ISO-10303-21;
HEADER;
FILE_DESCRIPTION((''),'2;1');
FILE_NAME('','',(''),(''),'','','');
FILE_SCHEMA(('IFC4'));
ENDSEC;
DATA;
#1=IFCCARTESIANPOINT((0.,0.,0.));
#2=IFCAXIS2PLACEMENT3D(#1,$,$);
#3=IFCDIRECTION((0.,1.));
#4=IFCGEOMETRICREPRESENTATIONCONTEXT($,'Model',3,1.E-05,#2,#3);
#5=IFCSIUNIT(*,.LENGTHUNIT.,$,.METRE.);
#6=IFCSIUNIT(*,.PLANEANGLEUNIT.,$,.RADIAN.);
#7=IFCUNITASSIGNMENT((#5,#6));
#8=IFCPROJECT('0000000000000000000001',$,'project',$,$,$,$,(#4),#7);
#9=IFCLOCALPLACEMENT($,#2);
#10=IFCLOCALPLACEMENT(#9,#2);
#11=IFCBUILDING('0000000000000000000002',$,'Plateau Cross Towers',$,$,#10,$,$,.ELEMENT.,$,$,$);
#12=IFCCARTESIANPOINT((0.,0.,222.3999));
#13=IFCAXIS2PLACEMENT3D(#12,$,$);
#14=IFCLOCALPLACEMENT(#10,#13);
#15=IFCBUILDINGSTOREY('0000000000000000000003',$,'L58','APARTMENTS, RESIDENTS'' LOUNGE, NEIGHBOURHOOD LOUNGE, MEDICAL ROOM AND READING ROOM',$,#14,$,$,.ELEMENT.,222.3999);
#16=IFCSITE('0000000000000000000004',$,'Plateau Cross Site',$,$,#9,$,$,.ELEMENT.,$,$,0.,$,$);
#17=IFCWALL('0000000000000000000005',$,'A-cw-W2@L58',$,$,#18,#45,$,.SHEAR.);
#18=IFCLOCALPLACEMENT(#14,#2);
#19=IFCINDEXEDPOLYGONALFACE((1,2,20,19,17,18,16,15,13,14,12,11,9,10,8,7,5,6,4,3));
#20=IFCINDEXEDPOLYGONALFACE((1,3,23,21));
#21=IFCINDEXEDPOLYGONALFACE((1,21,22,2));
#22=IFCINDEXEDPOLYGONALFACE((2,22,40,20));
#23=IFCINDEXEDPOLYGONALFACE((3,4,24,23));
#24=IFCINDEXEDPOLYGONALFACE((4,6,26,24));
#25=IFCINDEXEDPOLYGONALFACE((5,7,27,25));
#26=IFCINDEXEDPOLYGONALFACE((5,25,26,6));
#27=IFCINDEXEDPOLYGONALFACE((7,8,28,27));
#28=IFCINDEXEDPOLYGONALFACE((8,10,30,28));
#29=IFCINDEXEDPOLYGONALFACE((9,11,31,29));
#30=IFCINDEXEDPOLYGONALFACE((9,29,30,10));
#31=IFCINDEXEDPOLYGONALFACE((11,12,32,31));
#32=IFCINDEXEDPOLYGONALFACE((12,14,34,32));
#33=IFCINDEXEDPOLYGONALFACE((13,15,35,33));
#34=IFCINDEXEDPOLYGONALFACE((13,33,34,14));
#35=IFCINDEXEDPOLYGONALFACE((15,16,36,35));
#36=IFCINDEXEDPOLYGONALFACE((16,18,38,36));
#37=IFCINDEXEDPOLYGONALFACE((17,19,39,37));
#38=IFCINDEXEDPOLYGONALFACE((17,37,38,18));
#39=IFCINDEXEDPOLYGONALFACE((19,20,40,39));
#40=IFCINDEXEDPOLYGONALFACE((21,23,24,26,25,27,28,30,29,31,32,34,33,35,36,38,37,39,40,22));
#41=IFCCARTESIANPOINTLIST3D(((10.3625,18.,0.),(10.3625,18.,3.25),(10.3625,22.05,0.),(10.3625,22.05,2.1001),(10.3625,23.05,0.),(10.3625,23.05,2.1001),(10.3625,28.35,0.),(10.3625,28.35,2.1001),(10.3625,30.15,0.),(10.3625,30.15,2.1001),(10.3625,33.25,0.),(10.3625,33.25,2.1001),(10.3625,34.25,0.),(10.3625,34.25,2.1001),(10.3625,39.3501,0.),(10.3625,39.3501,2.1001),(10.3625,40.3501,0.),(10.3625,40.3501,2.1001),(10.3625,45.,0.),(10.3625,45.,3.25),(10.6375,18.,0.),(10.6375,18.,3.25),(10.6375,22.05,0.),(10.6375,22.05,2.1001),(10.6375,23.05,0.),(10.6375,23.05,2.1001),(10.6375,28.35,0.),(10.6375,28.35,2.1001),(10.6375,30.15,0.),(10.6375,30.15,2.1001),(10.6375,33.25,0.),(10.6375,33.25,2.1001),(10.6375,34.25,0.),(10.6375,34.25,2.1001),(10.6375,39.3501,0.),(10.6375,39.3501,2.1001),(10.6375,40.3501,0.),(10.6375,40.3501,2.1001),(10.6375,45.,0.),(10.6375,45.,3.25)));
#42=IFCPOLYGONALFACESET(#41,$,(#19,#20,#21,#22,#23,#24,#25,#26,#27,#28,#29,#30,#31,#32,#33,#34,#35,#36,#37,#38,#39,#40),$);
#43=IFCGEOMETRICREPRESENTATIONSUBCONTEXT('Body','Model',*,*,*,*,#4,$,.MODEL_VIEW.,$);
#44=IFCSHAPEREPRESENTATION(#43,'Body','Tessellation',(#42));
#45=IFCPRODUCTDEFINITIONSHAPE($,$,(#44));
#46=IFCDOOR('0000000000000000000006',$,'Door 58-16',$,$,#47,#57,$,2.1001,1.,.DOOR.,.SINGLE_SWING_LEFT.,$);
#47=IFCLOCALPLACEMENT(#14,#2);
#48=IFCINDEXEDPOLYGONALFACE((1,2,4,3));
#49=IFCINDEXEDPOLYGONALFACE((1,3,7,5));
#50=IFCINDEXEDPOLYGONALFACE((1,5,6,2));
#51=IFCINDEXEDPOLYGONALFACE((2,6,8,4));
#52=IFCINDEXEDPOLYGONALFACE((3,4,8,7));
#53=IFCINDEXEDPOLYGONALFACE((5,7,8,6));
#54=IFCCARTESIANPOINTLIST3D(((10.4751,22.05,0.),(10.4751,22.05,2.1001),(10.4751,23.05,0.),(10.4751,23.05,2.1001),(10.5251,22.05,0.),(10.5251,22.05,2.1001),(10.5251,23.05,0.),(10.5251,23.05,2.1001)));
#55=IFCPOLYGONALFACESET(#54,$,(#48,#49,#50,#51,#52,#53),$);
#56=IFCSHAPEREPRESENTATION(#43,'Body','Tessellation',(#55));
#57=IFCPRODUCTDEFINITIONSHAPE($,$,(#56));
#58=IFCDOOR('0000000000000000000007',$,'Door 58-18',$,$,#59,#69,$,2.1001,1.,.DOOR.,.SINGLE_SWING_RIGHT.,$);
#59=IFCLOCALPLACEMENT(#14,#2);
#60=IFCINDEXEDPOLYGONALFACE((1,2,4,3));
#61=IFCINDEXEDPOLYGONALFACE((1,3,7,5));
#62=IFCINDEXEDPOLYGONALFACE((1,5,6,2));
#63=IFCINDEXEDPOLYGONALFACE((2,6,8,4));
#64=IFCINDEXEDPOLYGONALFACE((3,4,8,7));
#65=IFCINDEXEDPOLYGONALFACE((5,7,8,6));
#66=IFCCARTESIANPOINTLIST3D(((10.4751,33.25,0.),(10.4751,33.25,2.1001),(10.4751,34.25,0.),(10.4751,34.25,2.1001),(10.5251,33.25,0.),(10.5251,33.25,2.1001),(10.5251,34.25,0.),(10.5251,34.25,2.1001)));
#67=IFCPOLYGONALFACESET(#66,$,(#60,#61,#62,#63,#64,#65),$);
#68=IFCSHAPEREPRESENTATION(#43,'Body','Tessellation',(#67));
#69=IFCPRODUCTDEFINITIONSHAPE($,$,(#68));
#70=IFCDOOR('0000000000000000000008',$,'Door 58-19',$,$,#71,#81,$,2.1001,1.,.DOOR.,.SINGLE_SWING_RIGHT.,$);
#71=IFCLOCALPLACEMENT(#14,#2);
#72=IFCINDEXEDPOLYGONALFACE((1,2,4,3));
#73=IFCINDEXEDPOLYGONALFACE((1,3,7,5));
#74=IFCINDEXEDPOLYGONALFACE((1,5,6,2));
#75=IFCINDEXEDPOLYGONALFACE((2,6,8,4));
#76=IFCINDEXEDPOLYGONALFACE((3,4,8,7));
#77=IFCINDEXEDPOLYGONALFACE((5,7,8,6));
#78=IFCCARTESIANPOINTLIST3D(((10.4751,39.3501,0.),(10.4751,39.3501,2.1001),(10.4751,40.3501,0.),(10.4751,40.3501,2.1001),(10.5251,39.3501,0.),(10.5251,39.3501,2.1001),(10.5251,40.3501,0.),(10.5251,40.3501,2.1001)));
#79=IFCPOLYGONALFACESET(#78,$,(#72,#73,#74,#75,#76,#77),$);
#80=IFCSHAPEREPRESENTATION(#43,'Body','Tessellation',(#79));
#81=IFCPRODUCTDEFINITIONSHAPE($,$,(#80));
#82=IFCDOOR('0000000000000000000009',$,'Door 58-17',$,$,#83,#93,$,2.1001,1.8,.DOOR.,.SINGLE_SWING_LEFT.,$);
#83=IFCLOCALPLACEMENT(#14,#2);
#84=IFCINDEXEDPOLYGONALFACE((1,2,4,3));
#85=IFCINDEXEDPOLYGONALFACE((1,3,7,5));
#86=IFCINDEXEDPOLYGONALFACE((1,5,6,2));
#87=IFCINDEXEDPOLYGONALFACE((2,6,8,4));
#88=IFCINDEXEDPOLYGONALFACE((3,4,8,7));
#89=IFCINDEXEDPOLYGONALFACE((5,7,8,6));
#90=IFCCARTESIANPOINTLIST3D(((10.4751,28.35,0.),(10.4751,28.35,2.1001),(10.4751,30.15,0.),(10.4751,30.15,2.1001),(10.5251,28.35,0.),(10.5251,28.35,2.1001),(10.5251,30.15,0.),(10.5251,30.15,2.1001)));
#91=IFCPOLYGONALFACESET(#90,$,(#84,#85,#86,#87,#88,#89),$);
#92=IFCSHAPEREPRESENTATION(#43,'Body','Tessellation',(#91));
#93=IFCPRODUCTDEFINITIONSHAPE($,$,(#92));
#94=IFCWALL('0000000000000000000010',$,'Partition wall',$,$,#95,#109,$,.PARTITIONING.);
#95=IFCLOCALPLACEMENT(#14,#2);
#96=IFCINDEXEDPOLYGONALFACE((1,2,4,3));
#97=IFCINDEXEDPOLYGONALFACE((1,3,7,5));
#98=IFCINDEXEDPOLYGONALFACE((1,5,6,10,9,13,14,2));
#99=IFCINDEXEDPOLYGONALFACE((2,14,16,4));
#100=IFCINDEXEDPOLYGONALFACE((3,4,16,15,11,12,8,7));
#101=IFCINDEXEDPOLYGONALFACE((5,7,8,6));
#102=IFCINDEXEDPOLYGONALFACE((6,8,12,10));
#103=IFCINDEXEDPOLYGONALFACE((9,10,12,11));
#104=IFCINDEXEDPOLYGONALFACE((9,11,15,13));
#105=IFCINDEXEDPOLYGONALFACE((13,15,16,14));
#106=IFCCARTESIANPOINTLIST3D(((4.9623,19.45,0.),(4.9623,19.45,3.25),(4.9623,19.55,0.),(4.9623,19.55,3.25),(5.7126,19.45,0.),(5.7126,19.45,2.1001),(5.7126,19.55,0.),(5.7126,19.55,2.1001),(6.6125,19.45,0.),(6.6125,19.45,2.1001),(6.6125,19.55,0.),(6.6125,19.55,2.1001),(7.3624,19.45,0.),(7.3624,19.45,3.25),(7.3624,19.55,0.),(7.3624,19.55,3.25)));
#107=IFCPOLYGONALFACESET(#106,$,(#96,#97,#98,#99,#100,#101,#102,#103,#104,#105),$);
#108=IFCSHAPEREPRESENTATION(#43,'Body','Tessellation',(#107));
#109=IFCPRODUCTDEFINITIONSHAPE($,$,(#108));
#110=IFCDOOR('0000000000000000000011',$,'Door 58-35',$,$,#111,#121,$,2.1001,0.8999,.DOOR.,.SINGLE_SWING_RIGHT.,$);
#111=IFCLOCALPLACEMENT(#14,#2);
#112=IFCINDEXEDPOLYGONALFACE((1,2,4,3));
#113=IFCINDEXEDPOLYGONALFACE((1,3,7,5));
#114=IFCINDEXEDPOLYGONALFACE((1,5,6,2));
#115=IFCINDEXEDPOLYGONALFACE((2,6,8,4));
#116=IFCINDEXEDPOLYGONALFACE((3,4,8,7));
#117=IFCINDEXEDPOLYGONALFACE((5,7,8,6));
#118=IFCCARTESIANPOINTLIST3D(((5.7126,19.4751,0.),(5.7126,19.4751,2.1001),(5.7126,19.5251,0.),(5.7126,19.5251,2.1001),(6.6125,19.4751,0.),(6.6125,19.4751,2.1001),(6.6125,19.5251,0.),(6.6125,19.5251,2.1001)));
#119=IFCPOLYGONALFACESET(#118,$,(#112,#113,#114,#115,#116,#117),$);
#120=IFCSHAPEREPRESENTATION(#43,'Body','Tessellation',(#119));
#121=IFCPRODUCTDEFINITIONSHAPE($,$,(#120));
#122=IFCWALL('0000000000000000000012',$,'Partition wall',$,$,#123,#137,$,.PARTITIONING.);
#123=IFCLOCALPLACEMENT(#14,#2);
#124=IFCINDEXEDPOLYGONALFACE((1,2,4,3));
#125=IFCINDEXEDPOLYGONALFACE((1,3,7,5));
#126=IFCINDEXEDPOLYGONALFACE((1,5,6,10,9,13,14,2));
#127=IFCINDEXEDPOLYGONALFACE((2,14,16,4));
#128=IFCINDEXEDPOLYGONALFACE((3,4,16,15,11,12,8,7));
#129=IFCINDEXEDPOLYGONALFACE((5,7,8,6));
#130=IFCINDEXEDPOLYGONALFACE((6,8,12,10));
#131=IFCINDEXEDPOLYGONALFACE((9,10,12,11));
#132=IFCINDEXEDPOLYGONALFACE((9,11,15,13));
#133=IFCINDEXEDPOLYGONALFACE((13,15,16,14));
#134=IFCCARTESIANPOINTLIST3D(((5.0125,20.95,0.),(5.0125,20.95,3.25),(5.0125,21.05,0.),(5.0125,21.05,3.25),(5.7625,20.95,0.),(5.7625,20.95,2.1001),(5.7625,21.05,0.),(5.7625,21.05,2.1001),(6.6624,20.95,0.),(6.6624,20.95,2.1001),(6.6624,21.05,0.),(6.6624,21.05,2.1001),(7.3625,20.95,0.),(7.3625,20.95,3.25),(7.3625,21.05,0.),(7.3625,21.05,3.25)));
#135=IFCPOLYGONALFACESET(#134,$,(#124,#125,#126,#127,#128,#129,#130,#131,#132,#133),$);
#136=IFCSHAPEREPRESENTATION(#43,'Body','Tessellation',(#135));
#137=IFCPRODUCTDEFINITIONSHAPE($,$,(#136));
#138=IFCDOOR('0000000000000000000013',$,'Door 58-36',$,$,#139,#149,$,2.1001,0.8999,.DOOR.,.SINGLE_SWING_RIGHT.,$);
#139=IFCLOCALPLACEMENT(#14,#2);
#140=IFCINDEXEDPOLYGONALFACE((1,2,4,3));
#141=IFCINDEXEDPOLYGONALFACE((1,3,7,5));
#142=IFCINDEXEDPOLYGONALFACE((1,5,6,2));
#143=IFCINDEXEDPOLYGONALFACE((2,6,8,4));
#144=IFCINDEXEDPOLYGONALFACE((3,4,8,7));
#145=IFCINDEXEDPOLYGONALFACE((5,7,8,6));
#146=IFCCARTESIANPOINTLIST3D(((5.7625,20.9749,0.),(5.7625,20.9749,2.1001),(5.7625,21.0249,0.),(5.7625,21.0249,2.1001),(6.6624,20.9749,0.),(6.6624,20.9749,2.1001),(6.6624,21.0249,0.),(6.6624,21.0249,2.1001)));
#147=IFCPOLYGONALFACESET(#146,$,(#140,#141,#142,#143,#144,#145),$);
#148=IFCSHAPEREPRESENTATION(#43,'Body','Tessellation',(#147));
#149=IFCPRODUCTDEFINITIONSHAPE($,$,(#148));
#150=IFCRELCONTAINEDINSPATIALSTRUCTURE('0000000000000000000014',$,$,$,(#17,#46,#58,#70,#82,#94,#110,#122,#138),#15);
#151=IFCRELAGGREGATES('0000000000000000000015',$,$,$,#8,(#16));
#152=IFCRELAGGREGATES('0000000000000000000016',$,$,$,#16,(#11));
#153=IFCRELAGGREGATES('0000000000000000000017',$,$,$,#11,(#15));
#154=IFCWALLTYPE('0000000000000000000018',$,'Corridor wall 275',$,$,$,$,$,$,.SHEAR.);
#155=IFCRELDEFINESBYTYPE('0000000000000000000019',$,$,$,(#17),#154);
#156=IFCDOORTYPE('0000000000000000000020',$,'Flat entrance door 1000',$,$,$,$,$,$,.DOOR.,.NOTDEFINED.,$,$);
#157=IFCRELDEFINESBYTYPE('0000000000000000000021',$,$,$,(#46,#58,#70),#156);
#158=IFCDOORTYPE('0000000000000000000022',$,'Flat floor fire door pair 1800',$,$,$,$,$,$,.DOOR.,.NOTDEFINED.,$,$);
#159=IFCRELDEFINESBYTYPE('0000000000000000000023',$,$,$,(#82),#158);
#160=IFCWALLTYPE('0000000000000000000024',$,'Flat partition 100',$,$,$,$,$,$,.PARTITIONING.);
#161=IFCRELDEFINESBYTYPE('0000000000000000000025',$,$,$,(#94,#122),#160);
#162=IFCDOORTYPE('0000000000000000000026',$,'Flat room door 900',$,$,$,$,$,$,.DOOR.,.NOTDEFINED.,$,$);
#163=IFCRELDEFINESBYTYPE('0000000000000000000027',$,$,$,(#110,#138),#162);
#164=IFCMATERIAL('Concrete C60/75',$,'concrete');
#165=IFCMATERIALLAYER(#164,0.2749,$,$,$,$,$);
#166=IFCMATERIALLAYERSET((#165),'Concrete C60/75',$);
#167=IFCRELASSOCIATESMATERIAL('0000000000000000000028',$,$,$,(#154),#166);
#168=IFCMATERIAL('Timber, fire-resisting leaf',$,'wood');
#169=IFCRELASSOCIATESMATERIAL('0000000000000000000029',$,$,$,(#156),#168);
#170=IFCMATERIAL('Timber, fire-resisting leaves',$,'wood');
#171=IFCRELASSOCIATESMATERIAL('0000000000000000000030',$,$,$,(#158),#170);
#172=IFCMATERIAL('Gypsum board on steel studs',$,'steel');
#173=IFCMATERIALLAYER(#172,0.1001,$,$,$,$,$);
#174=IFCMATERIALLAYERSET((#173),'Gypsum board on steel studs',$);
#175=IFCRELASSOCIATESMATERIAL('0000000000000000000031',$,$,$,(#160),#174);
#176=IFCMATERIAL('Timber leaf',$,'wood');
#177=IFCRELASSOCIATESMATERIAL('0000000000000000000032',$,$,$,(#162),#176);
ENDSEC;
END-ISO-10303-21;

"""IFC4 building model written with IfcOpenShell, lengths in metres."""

from ifc_helpers import new_model, si_unit, direction, frame, frame_2d, origin, place, context, subcontext, project, spatial, rectangle, extrude, material, layer, layer_set, type_object, element, fill, save


model = new_model("IFC4")

# Units and contexts
model_context = context("Model", 3, precision=1e-05, world=origin(), true_north=direction((0.0, 1.0)))
body_context = subcontext(model_context, "Body", "Model", "MODEL_VIEW")
ifc_project = project(units=[si_unit("LENGTHUNIT", "METRE"), si_unit("PLANEANGLEUNIT", "RADIAN")], contexts=[model_context])

# Site, building, storey
site_placement = place(None, origin())
site = spatial("IfcSite", under=ifc_project, at=site_placement, Name="Plateau Cross Site", CompositionType="ELEMENT", RefElevation=0.0)
building_placement = place(site_placement, origin())
building = spatial("IfcBuilding", under=site, at=building_placement, Name="Plateau Cross Towers", CompositionType="ELEMENT")
storey_placement = place(building_placement, frame((0.0, 0.0, 222.3999)))
storey = spatial("IfcBuildingStorey", under=building, at=storey_placement, Name="L58", Description="APARTMENTS, RESIDENTS' LOUNGE, NEIGHBOURHOOD LOUNGE, MEDICAL ROOM AND READING ROOM", CompositionType="ELEMENT", Elevation=222.3999)

# Wall, openings, doors
ifc_material_1 = material(Name="Concrete C60/75", Category="concrete")
ifc_layer_1 = layer(ifc_material_1, 0.2749)
ifc_layer_set_1 = layer_set([ifc_layer_1], Name="Concrete C60/75")
wall_type_1 = type_object("IfcWallType", Name="Corridor wall 275", PredefinedType="SHEAR", material=ifc_layer_set_1)
ifc_material_2 = material(Name="Timber, fire-resisting leaf", Category="wood")
door_type_1 = type_object("IfcDoorType", Name="Flat entrance door 1000", OperationType="NOTDEFINED", PredefinedType="DOOR", material=ifc_material_2)
wall_1_placement = place(storey_placement, frame((10.5, 18.0, 0.0), z_axis=(0.0, 0.0, 1.0), x_axis=(0.0, 1.0, 0.0)))
wall_1 = element("IfcWall", 1, at=wall_1_placement, inside=storey, type_object=wall_type_1, Name="A-cw-W2@L58", PredefinedType="SHEAR", context=body_context, shape_type="SweptSolid", body=[
    extrude(rectangle(XDim=27.0, YDim=0.2749, at=frame_2d((13.5, 0.0))), origin(), (0.0, 0.0, 1.0), 3.25),
])
opening_1_placement = place(wall_1_placement, frame((4.05, 0.0, 0.0)))
opening_1 = element("IfcOpeningElement", 2, at=opening_1_placement, cuts=wall_1, PredefinedType="OPENING", context=body_context, shape_type="SweptSolid", body=[
    extrude(rectangle(XDim=1.0, YDim=2.1001, at=frame_2d((0.5, 1.05))), frame((0.0, 0.1475, 0.0), z_axis=(0.0, -1.0, 0.0), x_axis=(1.0, 0.0, 0.0)), (0.0, 0.0, 1.0), 0.2949),
])
opening_2_placement = place(wall_1_placement, frame((10.3501, 0.0, 0.0)))
opening_2 = element("IfcOpeningElement", 3, at=opening_2_placement, cuts=wall_1, PredefinedType="OPENING", context=body_context, shape_type="SweptSolid", body=[
    extrude(rectangle(XDim=1.8, YDim=2.1001, at=frame_2d((0.8999, 1.05))), frame((0.0, 0.1475, 0.0), z_axis=(0.0, -1.0, 0.0), x_axis=(1.0, 0.0, 0.0)), (0.0, 0.0, 1.0), 0.2949),
])
opening_3_placement = place(wall_1_placement, frame((15.25, 0.0, 0.0)))
opening_3 = element("IfcOpeningElement", 4, at=opening_3_placement, cuts=wall_1, PredefinedType="OPENING", context=body_context, shape_type="SweptSolid", body=[
    extrude(rectangle(XDim=1.0, YDim=2.1001, at=frame_2d((0.5, 1.05))), frame((0.0, 0.1475, 0.0), z_axis=(0.0, -1.0, 0.0), x_axis=(1.0, 0.0, 0.0)), (0.0, 0.0, 1.0), 0.2949),
])
opening_4_placement = place(wall_1_placement, frame((21.3501, 0.0, 0.0)))
opening_4 = element("IfcOpeningElement", 5, at=opening_4_placement, cuts=wall_1, PredefinedType="OPENING", context=body_context, shape_type="SweptSolid", body=[
    extrude(rectangle(XDim=1.0, YDim=2.1001, at=frame_2d((0.5, 1.05))), frame((0.0, 0.1475, 0.0), z_axis=(0.0, -1.0, 0.0), x_axis=(1.0, 0.0, 0.0)), (0.0, 0.0, 1.0), 0.2949),
])
door_1_placement = place(opening_1_placement, origin())
door_1 = element("IfcDoor", 6, at=door_1_placement, inside=storey, type_object=door_type_1, Name="Door 58-16", OperationType="SINGLE_SWING_LEFT", OverallHeight=2.1001, OverallWidth=1.0, PredefinedType="DOOR", context=body_context, shape_type="SweptSolid", body=[
    extrude(rectangle(XDim=1.0, YDim=2.1001, at=frame_2d((0.5, 1.05))), frame((0.0, 0.0249, 0.0), z_axis=(0.0, -1.0, 0.0), x_axis=(1.0, 0.0, 0.0)), (0.0, 0.0, 1.0), 0.05),
])
fill(opening_1, door_1)
door_2_placement = place(opening_3_placement, origin())
door_2 = element("IfcDoor", 7, at=door_2_placement, inside=storey, type_object=door_type_1, Name="Door 58-18", OperationType="SINGLE_SWING_RIGHT", OverallHeight=2.1001, OverallWidth=1.0, PredefinedType="DOOR", context=body_context, shape_type="SweptSolid", body=[
    extrude(rectangle(XDim=1.0, YDim=2.1001, at=frame_2d((0.5, 1.05))), frame((0.0, 0.0249, 0.0), z_axis=(0.0, -1.0, 0.0), x_axis=(1.0, 0.0, 0.0)), (0.0, 0.0, 1.0), 0.05),
])
fill(opening_3, door_2)
door_3_placement = place(opening_4_placement, origin())
door_3 = element("IfcDoor", 8, at=door_3_placement, inside=storey, type_object=door_type_1, Name="Door 58-19", OperationType="SINGLE_SWING_RIGHT", OverallHeight=2.1001, OverallWidth=1.0, PredefinedType="DOOR", context=body_context, shape_type="SweptSolid", body=[
    extrude(rectangle(XDim=1.0, YDim=2.1001, at=frame_2d((0.5, 1.05))), frame((0.0, 0.0249, 0.0), z_axis=(0.0, -1.0, 0.0), x_axis=(1.0, 0.0, 0.0)), (0.0, 0.0, 1.0), 0.05),
])
fill(opening_4, door_3)
ifc_material_3 = material(Name="Timber, fire-resisting leaves", Category="wood")
door_type_2 = type_object("IfcDoorType", Name="Flat floor fire door pair 1800", OperationType="NOTDEFINED", PredefinedType="DOOR", material=ifc_material_3)
door_4_placement = place(opening_2_placement, origin())
door_4 = element("IfcDoor", 9, at=door_4_placement, inside=storey, type_object=door_type_2, Name="Door 58-17", OperationType="SINGLE_SWING_LEFT", OverallHeight=2.1001, OverallWidth=1.8, PredefinedType="DOOR", context=body_context, shape_type="SweptSolid", body=[
    extrude(rectangle(XDim=1.8, YDim=2.1001, at=frame_2d((0.8999, 1.05))), frame((0.0, 0.0249, 0.0), z_axis=(0.0, -1.0, 0.0), x_axis=(1.0, 0.0, 0.0)), (0.0, 0.0, 1.0), 0.05),
])
fill(opening_2, door_4)

# Walls, openings, doors
ifc_material_4 = material(Name="Gypsum board on steel studs", Category="steel")
ifc_layer_2 = layer(ifc_material_4, 0.1001)
ifc_layer_set_2 = layer_set([ifc_layer_2], Name="Gypsum board on steel studs")
wall_type_2 = type_object("IfcWallType", Name="Flat partition 100", PredefinedType="PARTITIONING", material=ifc_layer_set_2)
wall_2_placement = place(storey_placement, frame((7.3625, 19.5, 0.0), z_axis=(0.0, 0.0, 1.0), x_axis=(-1.0, 0.0, 0.0)))
wall_2 = element("IfcWall", 10, at=wall_2_placement, inside=storey, type_object=wall_type_2, Name="Partition wall", PredefinedType="PARTITIONING", context=body_context, shape_type="SweptSolid", body=[
    extrude(rectangle(XDim=2.4001, YDim=0.1001, at=frame_2d((1.2002, 0.0))), origin(), (0.0, 0.0, 1.0), 3.25),
])
opening_5_placement = place(wall_2_placement, frame((0.75, 0.0, 0.0)))
opening_5 = element("IfcOpeningElement", 11, at=opening_5_placement, cuts=wall_2, PredefinedType="OPENING", context=body_context, shape_type="SweptSolid", body=[
    extrude(rectangle(XDim=0.8999, YDim=2.1001, at=frame_2d((0.45, 1.05))), frame((0.0, 0.0601, 0.0), z_axis=(0.0, -1.0, 0.0), x_axis=(1.0, 0.0, 0.0)), (0.0, 0.0, 1.0), 0.1201),
])
ifc_material_5 = material(Name="Timber leaf", Category="wood")
door_type_3 = type_object("IfcDoorType", Name="Flat room door 900", OperationType="NOTDEFINED", PredefinedType="DOOR", material=ifc_material_5)
door_5_placement = place(opening_5_placement, origin())
door_5 = element("IfcDoor", 12, at=door_5_placement, inside=storey, type_object=door_type_3, Name="Door 58-35", OperationType="SINGLE_SWING_RIGHT", OverallHeight=2.1001, OverallWidth=0.8999, PredefinedType="DOOR", context=body_context, shape_type="SweptSolid", body=[
    extrude(rectangle(XDim=0.8999, YDim=2.1001, at=frame_2d((0.45, 1.05))), frame((0.0, 0.0249, 0.0), z_axis=(0.0, -1.0, 0.0), x_axis=(1.0, 0.0, 0.0)), (0.0, 0.0, 1.0), 0.05),
])
fill(opening_5, door_5)
wall_3_placement = place(storey_placement, frame((5.0125, 21.0, 0.0), z_axis=(0.0, 0.0, 1.0), x_axis=(1.0, 0.0, 0.0)))
wall_3 = element("IfcWall", 13, at=wall_3_placement, inside=storey, type_object=wall_type_2, Name="Partition wall", PredefinedType="PARTITIONING", context=body_context, shape_type="SweptSolid", body=[
    extrude(rectangle(XDim=2.3501, YDim=0.1001, at=frame_2d((1.175, 0.0))), origin(), (0.0, 0.0, 1.0), 3.25),
])
opening_6_placement = place(wall_3_placement, frame((0.75, 0.0, 0.0)))
opening_6 = element("IfcOpeningElement", 14, at=opening_6_placement, cuts=wall_3, PredefinedType="OPENING", context=body_context, shape_type="SweptSolid", body=[
    extrude(rectangle(XDim=0.8999, YDim=2.1001, at=frame_2d((0.45, 1.05))), frame((0.0, 0.0601, 0.0), z_axis=(0.0, -1.0, 0.0), x_axis=(1.0, 0.0, 0.0)), (0.0, 0.0, 1.0), 0.1201),
])
door_6_placement = place(opening_6_placement, origin())
door_6 = element("IfcDoor", 15, at=door_6_placement, inside=storey, type_object=door_type_3, Name="Door 58-36", OperationType="SINGLE_SWING_RIGHT", OverallHeight=2.1001, OverallWidth=0.8999, PredefinedType="DOOR", context=body_context, shape_type="SweptSolid", body=[
    extrude(rectangle(XDim=0.8999, YDim=2.1001, at=frame_2d((0.45, 1.05))), frame((0.0, 0.0249, 0.0), z_axis=(0.0, -1.0, 0.0), x_axis=(1.0, 0.0, 0.0)), (0.0, 0.0, 1.0), 0.05),
])
fill(opening_6, door_6)

save(model, "model.ifc")
